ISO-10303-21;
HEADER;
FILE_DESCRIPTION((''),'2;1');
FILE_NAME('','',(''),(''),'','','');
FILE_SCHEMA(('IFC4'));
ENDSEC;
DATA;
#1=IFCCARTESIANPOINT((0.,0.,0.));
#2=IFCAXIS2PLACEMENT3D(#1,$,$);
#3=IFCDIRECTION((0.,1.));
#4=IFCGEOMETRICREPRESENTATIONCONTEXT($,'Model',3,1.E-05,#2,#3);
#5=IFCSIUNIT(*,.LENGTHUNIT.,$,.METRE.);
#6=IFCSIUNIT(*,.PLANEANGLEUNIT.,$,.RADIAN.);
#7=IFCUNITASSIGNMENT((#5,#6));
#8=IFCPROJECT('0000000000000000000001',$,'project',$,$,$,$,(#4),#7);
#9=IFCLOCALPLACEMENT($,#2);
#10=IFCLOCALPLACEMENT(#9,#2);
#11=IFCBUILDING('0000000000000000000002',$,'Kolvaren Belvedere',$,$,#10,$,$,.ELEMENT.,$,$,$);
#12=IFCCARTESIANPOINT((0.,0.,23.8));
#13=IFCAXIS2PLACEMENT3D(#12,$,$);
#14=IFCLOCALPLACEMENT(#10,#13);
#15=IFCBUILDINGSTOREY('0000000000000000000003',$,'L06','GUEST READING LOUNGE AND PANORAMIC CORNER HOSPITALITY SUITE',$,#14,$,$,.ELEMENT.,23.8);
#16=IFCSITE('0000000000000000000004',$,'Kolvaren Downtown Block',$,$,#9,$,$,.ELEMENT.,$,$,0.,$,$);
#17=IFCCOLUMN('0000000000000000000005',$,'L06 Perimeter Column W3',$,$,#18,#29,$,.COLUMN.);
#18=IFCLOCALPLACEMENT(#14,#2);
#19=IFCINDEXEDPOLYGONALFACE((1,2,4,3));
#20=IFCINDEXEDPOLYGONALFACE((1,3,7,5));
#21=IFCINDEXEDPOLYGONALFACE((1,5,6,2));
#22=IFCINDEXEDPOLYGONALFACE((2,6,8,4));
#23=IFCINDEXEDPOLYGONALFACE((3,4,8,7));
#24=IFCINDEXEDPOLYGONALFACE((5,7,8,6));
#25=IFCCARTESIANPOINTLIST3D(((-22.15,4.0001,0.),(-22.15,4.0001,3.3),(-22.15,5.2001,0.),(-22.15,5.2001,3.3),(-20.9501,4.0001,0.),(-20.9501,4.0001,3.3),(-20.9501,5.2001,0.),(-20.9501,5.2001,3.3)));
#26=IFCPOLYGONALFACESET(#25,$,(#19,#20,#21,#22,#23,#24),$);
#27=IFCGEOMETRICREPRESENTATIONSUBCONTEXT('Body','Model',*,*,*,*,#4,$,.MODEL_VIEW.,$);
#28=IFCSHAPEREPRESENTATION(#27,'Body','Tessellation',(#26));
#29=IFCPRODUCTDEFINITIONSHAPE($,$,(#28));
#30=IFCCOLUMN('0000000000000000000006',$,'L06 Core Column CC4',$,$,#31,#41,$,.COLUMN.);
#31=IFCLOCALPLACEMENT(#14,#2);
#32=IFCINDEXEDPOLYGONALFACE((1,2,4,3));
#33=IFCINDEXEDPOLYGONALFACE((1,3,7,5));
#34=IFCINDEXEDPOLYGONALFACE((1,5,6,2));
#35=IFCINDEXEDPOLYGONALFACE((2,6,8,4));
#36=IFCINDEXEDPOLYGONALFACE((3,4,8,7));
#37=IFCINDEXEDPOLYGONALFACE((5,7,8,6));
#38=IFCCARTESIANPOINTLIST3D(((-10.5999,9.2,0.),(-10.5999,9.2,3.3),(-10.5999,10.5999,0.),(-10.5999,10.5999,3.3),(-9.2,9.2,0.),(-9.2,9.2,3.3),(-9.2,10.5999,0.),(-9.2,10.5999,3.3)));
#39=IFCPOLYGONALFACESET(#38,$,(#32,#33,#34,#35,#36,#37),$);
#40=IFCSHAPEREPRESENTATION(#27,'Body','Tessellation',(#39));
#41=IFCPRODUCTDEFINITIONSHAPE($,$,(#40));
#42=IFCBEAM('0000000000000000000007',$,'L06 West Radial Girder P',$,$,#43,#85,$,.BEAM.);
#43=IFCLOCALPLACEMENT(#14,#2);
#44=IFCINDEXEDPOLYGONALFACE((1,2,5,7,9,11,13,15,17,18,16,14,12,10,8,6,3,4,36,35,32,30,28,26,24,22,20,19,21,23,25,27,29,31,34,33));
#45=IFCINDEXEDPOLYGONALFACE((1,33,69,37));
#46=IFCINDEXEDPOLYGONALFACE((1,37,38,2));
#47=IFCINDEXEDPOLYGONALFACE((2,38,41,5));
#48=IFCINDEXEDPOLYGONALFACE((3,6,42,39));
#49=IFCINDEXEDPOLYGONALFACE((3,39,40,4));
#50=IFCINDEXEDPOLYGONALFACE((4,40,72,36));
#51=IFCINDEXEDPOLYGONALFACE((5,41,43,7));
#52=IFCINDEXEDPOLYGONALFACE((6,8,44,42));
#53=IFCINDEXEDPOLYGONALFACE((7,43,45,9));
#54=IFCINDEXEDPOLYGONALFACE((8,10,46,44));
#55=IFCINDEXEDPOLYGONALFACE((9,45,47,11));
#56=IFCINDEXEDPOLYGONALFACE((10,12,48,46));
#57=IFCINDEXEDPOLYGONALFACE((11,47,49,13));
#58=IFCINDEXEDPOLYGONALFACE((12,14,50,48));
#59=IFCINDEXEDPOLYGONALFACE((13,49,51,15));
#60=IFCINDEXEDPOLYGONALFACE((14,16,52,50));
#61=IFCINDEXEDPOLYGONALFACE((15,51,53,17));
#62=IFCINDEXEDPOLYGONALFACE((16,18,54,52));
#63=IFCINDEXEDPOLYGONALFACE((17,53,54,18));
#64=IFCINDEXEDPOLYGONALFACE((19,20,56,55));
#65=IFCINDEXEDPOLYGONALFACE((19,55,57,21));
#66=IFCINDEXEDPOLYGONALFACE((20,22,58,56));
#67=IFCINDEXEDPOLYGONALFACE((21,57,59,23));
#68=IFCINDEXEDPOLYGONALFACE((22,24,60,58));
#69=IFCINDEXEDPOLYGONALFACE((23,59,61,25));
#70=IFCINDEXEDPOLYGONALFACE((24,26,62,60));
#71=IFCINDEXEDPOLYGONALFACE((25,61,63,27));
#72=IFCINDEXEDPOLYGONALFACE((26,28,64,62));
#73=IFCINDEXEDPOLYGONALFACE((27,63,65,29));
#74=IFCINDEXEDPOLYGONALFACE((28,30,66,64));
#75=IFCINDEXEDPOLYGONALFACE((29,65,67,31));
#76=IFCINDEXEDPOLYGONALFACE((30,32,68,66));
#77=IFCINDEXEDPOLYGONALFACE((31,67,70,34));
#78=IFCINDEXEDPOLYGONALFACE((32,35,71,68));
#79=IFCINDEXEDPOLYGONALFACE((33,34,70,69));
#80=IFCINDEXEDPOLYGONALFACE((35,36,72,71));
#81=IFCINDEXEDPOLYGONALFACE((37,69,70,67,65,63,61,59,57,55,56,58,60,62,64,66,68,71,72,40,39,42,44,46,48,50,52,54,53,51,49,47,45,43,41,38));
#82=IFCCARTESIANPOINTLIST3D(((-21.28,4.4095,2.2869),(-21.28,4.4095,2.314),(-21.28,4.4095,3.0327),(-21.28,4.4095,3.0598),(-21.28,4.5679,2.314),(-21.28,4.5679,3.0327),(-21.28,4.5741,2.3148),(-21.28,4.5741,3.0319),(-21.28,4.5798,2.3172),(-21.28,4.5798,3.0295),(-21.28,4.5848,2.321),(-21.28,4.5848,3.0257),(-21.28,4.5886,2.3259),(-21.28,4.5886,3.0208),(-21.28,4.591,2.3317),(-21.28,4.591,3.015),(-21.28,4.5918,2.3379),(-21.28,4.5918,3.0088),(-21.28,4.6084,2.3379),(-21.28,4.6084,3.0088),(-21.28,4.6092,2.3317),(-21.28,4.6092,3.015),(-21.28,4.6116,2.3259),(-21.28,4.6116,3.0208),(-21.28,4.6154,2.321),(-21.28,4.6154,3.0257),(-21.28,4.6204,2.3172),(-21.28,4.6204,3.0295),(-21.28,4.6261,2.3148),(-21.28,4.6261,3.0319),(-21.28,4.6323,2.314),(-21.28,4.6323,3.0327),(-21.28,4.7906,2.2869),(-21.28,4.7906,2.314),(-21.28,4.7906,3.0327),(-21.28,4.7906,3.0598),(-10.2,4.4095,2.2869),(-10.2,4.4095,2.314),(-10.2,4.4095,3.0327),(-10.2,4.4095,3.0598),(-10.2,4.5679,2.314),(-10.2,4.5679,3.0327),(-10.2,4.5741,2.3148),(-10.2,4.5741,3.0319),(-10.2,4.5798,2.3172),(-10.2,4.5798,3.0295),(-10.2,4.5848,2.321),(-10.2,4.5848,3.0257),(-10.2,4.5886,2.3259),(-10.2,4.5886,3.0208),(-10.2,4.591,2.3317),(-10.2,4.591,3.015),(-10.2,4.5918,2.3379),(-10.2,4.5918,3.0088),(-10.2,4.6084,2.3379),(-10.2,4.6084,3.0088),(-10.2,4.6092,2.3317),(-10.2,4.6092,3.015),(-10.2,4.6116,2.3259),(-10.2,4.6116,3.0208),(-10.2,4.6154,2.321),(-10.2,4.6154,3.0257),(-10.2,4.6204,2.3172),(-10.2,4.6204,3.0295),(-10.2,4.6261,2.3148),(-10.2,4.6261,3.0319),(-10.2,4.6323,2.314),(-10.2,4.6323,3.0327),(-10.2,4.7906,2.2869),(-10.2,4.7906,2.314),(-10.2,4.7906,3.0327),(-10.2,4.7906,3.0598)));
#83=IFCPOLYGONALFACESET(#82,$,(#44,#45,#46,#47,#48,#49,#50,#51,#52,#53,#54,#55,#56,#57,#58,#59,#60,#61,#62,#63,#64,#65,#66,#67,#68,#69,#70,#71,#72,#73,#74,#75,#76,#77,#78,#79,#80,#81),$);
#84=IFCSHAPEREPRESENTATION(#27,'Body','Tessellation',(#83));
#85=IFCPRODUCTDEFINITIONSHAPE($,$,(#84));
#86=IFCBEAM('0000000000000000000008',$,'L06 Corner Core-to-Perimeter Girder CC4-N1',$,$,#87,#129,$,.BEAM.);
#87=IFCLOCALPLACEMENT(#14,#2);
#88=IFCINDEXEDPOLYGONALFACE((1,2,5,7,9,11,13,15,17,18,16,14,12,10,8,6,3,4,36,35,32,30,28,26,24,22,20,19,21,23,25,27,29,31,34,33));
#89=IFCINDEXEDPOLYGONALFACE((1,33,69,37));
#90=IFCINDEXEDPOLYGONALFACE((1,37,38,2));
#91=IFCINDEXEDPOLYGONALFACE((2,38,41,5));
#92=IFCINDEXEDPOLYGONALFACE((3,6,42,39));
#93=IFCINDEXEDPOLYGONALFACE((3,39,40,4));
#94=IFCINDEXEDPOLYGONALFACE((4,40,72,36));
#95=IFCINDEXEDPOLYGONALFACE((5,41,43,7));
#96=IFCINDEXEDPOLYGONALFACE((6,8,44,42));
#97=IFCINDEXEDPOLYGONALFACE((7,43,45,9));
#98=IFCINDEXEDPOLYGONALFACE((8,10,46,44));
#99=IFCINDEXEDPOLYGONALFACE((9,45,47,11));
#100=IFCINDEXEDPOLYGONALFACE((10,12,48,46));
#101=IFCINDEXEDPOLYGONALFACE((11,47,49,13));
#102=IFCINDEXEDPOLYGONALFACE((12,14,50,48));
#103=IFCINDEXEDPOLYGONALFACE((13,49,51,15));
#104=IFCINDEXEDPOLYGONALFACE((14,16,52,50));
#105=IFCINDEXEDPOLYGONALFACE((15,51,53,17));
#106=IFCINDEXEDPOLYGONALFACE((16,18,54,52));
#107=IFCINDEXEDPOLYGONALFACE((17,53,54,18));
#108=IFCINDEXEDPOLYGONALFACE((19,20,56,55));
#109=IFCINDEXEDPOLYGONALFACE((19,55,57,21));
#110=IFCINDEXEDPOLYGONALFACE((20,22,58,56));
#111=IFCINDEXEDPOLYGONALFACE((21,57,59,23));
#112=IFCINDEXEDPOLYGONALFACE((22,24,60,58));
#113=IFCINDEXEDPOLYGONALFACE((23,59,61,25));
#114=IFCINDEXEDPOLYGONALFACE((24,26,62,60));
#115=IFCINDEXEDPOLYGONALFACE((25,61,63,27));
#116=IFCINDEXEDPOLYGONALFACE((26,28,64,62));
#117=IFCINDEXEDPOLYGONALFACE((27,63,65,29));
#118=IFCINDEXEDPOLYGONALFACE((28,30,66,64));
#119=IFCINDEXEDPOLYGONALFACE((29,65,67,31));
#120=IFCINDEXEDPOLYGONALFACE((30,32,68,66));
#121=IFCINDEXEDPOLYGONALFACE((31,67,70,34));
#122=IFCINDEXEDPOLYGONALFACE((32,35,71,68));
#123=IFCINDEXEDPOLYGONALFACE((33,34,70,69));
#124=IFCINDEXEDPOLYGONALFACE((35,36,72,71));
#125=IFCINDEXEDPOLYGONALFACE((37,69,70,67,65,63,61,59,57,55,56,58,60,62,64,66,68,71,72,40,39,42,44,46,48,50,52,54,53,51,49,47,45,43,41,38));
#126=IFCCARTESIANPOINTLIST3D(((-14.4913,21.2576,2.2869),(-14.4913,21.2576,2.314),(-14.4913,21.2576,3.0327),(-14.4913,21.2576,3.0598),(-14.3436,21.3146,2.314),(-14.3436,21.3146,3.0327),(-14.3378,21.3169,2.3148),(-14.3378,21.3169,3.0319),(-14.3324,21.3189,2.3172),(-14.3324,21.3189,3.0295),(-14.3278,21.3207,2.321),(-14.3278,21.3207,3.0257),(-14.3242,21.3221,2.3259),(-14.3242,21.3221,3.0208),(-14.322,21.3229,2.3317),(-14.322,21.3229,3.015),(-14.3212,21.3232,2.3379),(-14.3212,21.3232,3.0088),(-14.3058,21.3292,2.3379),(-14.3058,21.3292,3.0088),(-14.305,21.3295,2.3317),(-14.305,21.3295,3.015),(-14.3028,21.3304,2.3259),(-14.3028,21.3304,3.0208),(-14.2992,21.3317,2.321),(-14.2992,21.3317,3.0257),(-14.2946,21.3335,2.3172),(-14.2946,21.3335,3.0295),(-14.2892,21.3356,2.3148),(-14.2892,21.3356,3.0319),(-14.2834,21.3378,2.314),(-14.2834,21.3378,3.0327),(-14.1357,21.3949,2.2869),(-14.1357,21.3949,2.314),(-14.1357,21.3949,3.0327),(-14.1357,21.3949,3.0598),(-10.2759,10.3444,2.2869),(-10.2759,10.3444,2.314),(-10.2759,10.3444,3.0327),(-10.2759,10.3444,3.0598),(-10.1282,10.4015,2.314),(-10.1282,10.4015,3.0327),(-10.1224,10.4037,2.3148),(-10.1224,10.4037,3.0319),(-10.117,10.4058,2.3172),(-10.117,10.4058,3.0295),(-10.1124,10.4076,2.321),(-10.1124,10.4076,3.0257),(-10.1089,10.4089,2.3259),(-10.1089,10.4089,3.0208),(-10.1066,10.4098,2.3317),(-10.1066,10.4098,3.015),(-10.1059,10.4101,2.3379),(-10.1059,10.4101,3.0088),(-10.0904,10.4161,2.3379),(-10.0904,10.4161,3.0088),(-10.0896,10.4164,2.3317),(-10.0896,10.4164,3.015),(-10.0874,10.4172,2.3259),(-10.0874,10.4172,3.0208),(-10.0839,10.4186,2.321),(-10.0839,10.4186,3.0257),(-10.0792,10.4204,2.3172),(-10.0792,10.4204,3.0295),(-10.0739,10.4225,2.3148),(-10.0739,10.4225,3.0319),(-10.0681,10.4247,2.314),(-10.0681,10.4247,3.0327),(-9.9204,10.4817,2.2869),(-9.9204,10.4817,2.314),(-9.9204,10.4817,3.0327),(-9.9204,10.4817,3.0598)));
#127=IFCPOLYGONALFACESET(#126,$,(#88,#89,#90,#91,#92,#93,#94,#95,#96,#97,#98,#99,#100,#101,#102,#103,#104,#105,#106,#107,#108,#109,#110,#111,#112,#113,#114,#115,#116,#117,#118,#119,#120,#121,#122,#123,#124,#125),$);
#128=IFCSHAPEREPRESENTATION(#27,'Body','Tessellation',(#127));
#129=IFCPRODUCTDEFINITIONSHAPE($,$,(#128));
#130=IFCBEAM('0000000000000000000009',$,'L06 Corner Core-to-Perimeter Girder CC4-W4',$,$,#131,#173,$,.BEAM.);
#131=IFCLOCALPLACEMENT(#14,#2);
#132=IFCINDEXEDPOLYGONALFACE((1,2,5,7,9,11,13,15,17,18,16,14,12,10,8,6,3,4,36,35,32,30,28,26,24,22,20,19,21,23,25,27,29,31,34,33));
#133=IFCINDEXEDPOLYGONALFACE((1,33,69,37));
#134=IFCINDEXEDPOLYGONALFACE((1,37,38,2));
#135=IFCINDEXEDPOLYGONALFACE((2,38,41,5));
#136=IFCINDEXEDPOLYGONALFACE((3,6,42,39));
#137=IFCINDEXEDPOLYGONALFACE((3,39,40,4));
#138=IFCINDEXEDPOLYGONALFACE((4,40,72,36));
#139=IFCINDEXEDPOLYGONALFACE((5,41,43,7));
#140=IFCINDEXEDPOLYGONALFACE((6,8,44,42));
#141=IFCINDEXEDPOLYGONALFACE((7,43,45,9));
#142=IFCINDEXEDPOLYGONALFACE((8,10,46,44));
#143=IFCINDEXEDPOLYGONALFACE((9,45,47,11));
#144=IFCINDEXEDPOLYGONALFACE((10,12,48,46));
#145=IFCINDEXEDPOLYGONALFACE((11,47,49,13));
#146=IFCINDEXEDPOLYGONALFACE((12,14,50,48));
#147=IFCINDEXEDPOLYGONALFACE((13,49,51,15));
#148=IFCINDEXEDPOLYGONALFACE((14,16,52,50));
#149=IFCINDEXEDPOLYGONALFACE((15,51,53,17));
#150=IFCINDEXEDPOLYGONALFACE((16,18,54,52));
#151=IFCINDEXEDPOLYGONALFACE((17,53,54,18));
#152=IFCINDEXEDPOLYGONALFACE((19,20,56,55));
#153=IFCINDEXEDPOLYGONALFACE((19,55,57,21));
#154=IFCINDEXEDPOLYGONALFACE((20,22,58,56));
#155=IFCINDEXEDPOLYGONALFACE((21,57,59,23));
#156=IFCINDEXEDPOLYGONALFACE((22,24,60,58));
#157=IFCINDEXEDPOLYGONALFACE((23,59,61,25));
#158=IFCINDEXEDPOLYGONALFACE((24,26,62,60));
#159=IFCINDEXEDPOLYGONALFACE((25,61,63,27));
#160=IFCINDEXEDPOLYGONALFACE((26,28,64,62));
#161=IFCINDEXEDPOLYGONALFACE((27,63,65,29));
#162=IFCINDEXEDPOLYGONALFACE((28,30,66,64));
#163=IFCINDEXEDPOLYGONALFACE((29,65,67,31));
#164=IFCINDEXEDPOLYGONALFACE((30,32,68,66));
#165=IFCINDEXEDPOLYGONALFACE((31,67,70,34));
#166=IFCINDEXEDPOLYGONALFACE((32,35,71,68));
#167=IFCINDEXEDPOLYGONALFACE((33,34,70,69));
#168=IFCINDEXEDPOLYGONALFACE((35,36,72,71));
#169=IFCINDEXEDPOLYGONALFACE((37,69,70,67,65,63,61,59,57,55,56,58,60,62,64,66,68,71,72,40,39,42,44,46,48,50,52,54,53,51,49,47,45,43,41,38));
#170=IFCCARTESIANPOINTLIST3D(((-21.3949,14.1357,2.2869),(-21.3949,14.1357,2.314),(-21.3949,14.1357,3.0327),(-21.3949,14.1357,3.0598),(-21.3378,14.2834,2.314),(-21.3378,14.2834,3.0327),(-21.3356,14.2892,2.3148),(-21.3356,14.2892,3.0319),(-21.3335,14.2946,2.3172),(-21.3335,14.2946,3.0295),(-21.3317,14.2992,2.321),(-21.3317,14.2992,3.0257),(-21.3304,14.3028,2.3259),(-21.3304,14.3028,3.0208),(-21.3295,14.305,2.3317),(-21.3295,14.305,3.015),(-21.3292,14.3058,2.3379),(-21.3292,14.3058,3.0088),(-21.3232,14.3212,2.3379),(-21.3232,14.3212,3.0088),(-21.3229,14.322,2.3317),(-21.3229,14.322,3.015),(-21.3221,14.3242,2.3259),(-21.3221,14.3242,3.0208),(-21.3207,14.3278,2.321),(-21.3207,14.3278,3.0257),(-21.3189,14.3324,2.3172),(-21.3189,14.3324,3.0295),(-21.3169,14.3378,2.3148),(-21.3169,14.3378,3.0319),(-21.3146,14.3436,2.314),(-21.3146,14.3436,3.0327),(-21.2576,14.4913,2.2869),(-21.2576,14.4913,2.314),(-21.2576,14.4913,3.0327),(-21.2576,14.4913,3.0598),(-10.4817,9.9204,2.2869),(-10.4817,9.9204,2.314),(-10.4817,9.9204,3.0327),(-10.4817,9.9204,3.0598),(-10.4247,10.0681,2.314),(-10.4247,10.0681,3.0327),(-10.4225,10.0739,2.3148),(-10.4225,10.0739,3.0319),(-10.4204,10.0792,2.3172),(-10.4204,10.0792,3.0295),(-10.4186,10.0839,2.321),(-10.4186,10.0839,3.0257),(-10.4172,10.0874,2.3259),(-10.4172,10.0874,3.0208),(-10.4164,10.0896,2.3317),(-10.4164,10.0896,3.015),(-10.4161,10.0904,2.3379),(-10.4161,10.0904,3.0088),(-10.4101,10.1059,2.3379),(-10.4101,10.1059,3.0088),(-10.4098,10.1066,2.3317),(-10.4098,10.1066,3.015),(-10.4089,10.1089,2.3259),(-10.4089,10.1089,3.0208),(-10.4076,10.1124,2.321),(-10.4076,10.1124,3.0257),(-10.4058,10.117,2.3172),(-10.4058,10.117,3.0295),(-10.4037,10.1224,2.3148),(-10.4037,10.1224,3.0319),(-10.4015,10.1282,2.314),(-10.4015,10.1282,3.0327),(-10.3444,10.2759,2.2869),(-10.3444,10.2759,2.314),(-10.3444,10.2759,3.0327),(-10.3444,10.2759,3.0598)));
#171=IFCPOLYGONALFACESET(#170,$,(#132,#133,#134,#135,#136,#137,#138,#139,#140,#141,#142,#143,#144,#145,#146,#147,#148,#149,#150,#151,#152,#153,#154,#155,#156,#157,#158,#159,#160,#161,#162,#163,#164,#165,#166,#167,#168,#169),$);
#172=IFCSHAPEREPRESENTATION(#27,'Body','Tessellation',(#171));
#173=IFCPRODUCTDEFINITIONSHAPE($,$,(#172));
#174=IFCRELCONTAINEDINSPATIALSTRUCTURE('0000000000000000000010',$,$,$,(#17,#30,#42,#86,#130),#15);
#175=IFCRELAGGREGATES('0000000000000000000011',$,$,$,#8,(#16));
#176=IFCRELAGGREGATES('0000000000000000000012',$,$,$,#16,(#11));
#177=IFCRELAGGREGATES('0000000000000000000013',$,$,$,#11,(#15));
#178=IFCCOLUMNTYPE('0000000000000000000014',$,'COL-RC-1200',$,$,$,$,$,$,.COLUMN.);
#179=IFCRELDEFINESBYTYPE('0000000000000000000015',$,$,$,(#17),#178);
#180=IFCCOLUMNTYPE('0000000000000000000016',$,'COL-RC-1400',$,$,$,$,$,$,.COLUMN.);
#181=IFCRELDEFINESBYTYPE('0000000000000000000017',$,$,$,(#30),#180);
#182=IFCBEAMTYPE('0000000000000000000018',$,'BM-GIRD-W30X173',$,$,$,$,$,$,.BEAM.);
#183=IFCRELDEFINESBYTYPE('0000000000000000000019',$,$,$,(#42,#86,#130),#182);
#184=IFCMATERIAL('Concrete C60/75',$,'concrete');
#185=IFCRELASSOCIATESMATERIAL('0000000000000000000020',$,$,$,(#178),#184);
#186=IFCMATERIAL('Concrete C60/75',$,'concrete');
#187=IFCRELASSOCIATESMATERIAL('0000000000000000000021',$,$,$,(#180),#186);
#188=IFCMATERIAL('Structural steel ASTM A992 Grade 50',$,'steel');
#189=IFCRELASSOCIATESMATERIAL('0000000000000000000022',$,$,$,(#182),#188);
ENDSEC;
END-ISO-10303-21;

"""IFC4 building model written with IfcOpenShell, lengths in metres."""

from ifc_helpers import new_model, si_unit, direction, frame, origin, origin_2d, place, context, subcontext, project, spatial, rectangle, i_section, extrude, material, material_profile, profile_set, type_object, element, save


model = new_model("IFC4")

# Units and contexts
model_context = context("Model", 3, precision=1e-05, world=origin(), true_north=direction((0.0, 1.0)))
body_context = subcontext(model_context, "Body", "Model", "MODEL_VIEW")
ifc_project = project(units=[si_unit("LENGTHUNIT", "METRE"), si_unit("PLANEANGLEUNIT", "RADIAN")], contexts=[model_context])

# Site, building, storey
site_placement = place(None, origin())
site = spatial("IfcSite", under=ifc_project, at=site_placement, Name="Kolvaren Downtown Block", CompositionType="ELEMENT", RefElevation=0.0)
building_placement = place(site_placement, origin())
building = spatial("IfcBuilding", under=site, at=building_placement, Name="Kolvaren Belvedere", CompositionType="ELEMENT")
storey_placement = place(building_placement, frame((0.0, 0.0, 23.8)))
storey = spatial("IfcBuildingStorey", under=building, at=storey_placement, Name="L06", Description="GUEST READING LOUNGE AND PANORAMIC CORNER HOSPITALITY SUITE", CompositionType="ELEMENT", Elevation=23.8)

# Columns
ifc_material_1 = material(Name="Concrete C60/75", Category="concrete")
ifc_material_profile_1 = material_profile(ifc_material_1, rectangle(XDim=1.2, YDim=1.2, at=origin_2d()), Name="RC 1200X1200")
ifc_profile_set_1 = profile_set([ifc_material_profile_1], Name="Concrete C60/75")
column_type_1 = type_object("IfcColumnType", Name="COL-RC-1200", PredefinedType="COLUMN", material=ifc_profile_set_1)
column_1_placement = place(storey_placement, frame((-21.55, 4.6001, 0.0), z_axis=(0.0, 0.0, 1.0), x_axis=(1.0, 0.0, 0.0)))
element("IfcColumn", 1, at=column_1_placement, inside=storey, type_object=column_type_1, Name="L06 Perimeter Column W3", PredefinedType="COLUMN", context=body_context, shape_type="SweptSolid", body=[
    extrude(rectangle(XDim=1.2, YDim=1.2, at=origin_2d()), origin(), (0.0, 0.0, 1.0), 3.3),
])
ifc_material_2 = material(Name="Concrete C60/75", Category="concrete")
ifc_material_profile_2 = material_profile(ifc_material_2, rectangle(XDim=1.3999, YDim=1.3999, at=origin_2d()), Name="RC 1400X1400")
ifc_profile_set_2 = profile_set([ifc_material_profile_2], Name="Concrete C60/75")
column_type_2 = type_object("IfcColumnType", Name="COL-RC-1400", PredefinedType="COLUMN", material=ifc_profile_set_2)
column_2_placement = place(storey_placement, frame((-9.8999, 9.8999, 0.0), z_axis=(0.0, 0.0, 1.0), x_axis=(1.0, 0.0, 0.0)))
element("IfcColumn", 2, at=column_2_placement, inside=storey, type_object=column_type_2, Name="L06 Core Column CC4", PredefinedType="COLUMN", context=body_context, shape_type="SweptSolid", body=[
    extrude(rectangle(XDim=1.3999, YDim=1.3999, at=origin_2d()), origin(), (0.0, 0.0, 1.0), 3.3),
])

# Beams
ifc_material_3 = material(Name="Structural steel ASTM A992 Grade 50", Category="steel")
ifc_material_profile_3 = material_profile(ifc_material_3, i_section(OverallWidth=0.3811, OverallDepth=0.7729, WebThickness=0.0166, FlangeThickness=0.0271, FilletRadius=0.0239, at=origin_2d()), Name="W30X173")
ifc_profile_set_3 = profile_set([ifc_material_profile_3], Name="Structural steel ASTM A992 Grade 50")
beam_type_1 = type_object("IfcBeamType", Name="BM-GIRD-W30X173", PredefinedType="BEAM", material=ifc_profile_set_3)
beam_1_placement = place(storey_placement, frame((-10.2, 4.6001, 2.6733), z_axis=(-1.0, 0.0, 0.0), x_axis=(0.0, -1.0, 0.0)))
element("IfcBeam", 3, at=beam_1_placement, inside=storey, type_object=beam_type_1, Name="L06 West Radial Girder P", PredefinedType="BEAM", context=body_context, shape_type="SweptSolid", body=[
    extrude(i_section(OverallWidth=0.3811, OverallDepth=0.7729, WebThickness=0.0166, FlangeThickness=0.0271, FilletRadius=0.0239, at=origin_2d()), origin(), (0.0, 0.0, 1.0), 11.0801),
])
for number, where, z_axis, x_axis, name in (
    (4, (-10.0981, 10.4131, 2.6733), (-0.360318, 0.932829, 0.0), (-0.932829, -0.360318, 0.0), "L06 Corner Core-to-Perimeter Girder CC4-N1"),
    (5, (-10.4131, 10.0981, 2.6733), (-0.932829, 0.360318, 0.0), (-0.360318, -0.932829, 0.0), "L06 Corner Core-to-Perimeter Girder CC4-W4"),
):
    element("IfcBeam", number, at=place(storey_placement, frame(where, z_axis=z_axis, x_axis=x_axis)), inside=storey, type_object=beam_type_1, Name=name, PredefinedType="BEAM", context=body_context, shape_type="SweptSolid", body=[
        extrude(i_section(OverallWidth=0.3811, OverallDepth=0.7729, WebThickness=0.0166, FlangeThickness=0.0271, FilletRadius=0.0239, at=origin_2d()), origin(), (0.0, 0.0, 1.0), 11.699),
    ])

save(model, "model.ifc")
